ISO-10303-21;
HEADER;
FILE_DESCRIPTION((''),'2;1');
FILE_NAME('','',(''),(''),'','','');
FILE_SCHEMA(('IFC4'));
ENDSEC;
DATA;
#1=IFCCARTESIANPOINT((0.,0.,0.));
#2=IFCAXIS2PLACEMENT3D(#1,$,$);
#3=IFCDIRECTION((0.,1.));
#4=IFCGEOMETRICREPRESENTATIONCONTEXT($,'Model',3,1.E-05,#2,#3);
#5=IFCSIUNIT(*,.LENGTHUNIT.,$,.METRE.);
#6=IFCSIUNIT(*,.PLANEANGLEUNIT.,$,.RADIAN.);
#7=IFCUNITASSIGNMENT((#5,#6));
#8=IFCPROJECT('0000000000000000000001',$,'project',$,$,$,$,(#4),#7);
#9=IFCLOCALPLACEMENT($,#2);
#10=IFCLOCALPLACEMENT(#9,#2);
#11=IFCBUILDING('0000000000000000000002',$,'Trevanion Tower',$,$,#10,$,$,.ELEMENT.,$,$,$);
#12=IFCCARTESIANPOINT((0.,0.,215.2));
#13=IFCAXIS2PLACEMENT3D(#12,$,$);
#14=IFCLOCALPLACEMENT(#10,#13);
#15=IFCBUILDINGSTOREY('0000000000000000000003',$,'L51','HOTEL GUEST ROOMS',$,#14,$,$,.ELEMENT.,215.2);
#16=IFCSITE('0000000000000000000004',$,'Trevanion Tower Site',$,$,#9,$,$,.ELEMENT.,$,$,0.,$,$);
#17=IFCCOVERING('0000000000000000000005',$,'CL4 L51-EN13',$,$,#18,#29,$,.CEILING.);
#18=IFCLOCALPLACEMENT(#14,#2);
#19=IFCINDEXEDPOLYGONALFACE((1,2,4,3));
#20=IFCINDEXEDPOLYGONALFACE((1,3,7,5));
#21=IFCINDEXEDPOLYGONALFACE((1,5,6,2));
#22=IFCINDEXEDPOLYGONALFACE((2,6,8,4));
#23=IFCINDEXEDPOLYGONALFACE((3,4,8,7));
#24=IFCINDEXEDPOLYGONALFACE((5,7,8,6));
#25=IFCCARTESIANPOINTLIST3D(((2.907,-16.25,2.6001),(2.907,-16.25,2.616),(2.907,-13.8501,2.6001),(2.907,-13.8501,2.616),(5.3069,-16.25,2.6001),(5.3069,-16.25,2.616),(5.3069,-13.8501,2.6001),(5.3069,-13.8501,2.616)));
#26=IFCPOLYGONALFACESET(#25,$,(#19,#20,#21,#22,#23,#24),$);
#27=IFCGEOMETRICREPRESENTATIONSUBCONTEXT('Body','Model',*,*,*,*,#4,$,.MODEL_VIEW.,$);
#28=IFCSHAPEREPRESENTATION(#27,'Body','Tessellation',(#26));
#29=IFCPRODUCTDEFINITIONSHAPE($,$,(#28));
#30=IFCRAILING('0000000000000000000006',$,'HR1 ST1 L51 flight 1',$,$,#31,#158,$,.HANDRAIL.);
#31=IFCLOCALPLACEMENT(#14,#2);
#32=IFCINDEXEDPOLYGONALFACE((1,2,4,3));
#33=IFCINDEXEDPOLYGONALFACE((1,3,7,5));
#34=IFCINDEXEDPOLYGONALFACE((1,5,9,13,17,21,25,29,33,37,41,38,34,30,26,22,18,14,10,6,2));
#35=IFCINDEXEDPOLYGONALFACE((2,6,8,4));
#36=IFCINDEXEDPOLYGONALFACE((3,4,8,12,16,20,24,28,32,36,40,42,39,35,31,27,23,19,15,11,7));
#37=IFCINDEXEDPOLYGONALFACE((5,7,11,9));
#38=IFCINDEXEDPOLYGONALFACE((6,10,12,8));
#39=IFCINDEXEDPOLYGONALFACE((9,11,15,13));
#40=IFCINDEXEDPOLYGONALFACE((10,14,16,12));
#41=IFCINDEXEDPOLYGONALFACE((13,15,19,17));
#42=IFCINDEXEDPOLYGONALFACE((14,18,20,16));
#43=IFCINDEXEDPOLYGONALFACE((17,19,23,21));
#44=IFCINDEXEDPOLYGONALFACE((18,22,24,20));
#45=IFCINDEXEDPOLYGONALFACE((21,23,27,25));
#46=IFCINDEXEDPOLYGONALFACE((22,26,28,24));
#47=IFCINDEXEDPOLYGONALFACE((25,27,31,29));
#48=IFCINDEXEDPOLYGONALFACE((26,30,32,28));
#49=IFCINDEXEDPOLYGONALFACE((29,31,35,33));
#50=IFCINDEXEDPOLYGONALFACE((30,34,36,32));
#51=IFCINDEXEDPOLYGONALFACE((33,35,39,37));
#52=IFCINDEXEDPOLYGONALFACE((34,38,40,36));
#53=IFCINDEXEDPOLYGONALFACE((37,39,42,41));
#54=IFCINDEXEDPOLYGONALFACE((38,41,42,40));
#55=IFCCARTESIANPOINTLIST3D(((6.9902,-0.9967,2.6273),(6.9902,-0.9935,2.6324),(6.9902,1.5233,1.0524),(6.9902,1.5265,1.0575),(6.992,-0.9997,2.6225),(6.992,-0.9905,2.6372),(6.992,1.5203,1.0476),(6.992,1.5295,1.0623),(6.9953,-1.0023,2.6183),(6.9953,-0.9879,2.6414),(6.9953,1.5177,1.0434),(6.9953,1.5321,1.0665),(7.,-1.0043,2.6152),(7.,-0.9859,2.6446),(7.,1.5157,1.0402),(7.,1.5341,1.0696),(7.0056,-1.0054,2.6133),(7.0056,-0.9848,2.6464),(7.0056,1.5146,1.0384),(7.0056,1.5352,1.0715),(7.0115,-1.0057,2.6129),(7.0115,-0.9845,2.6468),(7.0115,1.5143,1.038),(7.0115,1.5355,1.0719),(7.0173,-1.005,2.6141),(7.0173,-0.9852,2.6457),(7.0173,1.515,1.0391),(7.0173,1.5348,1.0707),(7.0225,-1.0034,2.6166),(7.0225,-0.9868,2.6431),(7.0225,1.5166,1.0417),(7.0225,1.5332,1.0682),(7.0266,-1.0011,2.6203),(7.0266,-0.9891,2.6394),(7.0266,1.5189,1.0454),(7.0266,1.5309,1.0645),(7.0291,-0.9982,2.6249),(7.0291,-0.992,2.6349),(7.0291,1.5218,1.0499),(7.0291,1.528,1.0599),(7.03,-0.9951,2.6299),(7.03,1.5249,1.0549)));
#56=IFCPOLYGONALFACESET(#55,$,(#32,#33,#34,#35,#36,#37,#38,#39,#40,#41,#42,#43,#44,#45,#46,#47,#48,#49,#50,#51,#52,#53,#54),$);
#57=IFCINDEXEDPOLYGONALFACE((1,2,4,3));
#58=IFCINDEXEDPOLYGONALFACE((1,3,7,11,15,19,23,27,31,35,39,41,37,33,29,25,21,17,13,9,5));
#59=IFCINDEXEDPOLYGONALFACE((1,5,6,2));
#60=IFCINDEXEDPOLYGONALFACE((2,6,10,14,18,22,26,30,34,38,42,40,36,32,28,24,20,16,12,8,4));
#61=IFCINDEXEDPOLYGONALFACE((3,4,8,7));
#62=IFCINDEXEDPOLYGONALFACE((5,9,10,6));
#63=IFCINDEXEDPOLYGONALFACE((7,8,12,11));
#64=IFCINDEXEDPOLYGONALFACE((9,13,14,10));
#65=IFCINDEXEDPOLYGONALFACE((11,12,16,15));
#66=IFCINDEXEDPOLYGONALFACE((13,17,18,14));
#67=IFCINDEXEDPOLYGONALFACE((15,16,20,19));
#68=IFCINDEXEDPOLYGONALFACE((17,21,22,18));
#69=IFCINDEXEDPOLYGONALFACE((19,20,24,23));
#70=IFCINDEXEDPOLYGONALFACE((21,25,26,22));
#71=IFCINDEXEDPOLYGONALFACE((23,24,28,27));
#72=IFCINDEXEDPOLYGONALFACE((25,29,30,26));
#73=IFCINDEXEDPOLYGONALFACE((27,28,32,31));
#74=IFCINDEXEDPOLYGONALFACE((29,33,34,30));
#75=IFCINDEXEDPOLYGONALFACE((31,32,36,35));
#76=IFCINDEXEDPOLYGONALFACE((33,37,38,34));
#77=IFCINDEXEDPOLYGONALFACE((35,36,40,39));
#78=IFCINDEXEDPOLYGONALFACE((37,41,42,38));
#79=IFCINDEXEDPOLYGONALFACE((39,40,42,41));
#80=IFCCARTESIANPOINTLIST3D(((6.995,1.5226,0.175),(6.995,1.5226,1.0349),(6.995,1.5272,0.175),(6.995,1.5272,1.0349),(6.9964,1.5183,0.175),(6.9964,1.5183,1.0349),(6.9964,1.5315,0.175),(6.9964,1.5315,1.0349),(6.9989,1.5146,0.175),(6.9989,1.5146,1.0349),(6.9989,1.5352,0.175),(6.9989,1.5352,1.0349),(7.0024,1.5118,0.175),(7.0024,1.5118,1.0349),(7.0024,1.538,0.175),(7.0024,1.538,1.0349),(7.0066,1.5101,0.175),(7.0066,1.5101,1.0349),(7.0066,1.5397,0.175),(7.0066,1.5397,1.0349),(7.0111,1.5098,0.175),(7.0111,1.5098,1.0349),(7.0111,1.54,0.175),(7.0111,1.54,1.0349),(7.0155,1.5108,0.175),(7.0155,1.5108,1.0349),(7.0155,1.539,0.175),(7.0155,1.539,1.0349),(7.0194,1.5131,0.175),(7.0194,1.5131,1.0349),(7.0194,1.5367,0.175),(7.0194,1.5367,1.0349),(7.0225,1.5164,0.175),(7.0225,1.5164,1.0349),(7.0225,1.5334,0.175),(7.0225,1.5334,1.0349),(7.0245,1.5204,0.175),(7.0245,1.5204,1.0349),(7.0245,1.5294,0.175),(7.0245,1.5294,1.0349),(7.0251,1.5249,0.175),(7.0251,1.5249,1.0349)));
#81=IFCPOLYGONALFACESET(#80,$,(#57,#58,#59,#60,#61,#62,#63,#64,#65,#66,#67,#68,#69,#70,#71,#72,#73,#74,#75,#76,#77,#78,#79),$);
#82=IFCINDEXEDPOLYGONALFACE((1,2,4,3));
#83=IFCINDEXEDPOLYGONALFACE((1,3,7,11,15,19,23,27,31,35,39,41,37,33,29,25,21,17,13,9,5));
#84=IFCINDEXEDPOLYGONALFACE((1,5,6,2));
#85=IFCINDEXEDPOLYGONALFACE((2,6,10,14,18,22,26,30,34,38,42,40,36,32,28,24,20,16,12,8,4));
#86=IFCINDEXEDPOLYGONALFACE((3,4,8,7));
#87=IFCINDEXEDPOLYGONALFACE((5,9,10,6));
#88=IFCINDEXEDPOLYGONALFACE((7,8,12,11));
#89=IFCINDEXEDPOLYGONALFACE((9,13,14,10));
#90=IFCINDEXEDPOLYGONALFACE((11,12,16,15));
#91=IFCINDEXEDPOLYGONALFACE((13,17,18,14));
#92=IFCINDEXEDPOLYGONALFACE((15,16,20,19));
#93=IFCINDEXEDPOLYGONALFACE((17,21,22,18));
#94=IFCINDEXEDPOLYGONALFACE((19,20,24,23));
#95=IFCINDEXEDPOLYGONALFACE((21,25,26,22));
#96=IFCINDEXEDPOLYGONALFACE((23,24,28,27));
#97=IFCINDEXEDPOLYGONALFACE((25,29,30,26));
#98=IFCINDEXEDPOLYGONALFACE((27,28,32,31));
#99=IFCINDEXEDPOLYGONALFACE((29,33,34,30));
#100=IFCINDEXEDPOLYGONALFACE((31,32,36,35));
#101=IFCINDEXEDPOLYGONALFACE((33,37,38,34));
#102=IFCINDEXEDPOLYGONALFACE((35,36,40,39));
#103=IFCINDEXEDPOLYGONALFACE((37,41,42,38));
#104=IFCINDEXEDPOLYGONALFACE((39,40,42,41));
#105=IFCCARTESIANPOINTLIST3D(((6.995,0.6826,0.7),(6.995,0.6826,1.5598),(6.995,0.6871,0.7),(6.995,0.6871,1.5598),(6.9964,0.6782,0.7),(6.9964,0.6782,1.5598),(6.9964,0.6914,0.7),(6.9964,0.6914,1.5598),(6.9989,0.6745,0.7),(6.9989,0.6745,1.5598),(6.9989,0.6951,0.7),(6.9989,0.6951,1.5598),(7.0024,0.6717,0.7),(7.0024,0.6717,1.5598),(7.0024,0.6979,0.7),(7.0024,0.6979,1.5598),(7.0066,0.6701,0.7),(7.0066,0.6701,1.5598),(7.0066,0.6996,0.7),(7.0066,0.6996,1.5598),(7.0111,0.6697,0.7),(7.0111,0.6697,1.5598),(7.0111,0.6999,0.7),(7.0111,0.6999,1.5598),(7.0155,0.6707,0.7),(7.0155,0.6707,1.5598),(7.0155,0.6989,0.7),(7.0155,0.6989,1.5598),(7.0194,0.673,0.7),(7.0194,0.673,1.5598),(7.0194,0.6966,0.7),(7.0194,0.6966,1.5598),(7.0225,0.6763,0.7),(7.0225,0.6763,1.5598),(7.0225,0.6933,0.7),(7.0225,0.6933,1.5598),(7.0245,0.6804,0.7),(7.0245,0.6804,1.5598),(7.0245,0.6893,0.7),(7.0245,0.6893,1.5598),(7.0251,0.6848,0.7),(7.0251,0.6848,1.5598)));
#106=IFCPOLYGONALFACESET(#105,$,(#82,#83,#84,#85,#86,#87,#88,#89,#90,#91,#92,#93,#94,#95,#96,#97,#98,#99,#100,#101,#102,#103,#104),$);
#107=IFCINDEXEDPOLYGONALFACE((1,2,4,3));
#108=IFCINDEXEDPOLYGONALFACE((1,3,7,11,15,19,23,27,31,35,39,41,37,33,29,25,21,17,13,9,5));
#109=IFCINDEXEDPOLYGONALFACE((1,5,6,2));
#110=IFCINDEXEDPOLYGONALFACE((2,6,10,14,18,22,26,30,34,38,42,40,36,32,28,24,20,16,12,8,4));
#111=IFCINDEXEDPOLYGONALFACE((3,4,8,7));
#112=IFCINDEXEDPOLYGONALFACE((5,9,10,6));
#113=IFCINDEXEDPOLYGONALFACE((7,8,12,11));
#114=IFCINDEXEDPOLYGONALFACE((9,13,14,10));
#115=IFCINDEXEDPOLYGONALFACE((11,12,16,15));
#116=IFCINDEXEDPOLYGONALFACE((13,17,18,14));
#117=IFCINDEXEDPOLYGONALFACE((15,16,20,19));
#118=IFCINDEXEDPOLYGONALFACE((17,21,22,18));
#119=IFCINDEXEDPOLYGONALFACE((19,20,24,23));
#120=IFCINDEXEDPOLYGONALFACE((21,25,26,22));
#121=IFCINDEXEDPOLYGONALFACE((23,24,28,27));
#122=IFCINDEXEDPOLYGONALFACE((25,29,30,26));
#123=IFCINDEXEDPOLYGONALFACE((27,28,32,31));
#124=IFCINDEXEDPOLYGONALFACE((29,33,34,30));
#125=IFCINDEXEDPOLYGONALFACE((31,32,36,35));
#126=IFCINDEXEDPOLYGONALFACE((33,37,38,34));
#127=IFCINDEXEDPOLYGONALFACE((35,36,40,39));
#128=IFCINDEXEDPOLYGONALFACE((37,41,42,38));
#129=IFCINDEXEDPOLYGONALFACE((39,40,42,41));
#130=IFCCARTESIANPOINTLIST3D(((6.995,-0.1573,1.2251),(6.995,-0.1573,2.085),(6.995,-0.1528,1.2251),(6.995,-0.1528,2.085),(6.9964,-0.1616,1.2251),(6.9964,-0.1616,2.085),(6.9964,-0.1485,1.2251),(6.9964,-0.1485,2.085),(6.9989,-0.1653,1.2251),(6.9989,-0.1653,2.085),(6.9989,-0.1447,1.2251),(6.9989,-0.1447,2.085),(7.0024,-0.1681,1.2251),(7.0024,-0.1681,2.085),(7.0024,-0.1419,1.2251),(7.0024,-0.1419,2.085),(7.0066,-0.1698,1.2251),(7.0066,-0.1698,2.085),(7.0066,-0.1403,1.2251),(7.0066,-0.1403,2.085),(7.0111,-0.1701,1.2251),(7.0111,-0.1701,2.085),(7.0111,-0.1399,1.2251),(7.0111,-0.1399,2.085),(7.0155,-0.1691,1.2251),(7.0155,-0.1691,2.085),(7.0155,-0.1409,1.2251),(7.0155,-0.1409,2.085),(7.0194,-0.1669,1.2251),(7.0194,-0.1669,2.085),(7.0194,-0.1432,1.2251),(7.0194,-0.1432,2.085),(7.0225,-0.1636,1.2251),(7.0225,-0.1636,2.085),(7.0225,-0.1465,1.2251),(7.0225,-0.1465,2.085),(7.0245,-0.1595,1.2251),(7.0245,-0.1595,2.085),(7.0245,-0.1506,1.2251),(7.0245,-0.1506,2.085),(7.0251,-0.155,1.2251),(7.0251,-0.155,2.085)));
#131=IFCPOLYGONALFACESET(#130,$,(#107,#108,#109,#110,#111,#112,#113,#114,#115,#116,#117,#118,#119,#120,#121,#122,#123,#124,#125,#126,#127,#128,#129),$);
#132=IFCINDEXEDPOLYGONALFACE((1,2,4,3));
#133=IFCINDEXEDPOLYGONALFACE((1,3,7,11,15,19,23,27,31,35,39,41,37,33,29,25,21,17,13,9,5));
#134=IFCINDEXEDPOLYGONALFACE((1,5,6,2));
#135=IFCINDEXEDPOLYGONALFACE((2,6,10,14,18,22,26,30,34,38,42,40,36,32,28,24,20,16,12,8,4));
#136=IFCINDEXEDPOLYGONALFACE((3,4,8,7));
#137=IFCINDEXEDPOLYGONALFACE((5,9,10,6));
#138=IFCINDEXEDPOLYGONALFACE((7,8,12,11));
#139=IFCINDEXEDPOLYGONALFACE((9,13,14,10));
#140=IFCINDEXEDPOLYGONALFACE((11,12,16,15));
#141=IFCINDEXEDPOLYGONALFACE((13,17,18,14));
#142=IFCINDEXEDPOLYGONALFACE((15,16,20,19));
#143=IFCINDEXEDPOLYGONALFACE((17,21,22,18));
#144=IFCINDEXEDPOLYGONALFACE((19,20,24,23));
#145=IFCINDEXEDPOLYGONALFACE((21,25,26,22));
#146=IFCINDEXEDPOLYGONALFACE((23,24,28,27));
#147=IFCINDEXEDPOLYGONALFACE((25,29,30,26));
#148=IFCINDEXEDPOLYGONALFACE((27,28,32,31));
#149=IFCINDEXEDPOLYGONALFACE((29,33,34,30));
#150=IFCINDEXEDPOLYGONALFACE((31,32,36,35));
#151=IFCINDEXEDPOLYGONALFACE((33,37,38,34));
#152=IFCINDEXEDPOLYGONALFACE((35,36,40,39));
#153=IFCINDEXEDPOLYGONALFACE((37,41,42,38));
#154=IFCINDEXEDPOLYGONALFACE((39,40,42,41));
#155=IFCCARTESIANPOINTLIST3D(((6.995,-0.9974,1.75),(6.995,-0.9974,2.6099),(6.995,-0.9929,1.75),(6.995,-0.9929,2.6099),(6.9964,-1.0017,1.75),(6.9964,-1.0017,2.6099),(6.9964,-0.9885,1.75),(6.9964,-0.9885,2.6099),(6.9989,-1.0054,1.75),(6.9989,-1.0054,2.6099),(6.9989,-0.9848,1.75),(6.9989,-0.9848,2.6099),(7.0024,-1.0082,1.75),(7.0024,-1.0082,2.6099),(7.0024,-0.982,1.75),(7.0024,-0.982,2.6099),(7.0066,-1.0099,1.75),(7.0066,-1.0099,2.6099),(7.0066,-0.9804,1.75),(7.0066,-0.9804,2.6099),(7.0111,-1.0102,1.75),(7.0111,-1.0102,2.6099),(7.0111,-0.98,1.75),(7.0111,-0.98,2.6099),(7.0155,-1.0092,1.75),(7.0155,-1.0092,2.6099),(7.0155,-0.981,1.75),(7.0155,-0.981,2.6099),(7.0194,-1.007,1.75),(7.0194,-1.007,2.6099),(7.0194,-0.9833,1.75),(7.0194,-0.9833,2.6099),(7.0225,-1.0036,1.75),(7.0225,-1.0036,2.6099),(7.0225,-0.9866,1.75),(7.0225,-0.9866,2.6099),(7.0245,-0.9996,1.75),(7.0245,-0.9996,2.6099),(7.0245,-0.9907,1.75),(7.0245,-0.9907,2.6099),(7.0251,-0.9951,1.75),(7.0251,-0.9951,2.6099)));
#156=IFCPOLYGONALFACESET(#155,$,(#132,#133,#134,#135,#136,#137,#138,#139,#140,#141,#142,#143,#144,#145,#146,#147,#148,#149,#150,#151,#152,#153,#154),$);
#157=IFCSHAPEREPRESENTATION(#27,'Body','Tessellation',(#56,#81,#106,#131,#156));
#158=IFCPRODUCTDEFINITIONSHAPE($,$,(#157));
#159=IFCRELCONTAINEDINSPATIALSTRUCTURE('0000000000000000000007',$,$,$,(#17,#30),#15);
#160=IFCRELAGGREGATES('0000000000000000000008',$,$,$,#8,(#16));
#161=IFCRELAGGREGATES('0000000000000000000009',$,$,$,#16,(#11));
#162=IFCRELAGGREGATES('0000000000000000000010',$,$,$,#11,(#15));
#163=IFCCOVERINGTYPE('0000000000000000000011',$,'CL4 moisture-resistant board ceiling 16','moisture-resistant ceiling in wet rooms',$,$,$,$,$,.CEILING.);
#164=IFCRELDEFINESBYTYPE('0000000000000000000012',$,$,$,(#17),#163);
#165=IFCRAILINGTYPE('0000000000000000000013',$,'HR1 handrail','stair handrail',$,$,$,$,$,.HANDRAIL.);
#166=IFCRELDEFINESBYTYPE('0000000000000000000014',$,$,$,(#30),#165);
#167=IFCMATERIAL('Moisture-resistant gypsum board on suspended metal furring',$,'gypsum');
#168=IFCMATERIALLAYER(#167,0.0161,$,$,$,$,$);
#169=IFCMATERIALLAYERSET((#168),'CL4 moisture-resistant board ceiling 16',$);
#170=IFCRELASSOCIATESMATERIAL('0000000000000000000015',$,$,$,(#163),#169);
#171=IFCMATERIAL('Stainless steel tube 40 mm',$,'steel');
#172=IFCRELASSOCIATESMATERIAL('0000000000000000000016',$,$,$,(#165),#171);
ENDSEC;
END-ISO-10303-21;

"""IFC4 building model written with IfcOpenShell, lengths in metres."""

from ifc_helpers import new_model, si_unit, direction, frame, origin, origin_2d, place, context, subcontext, project, spatial, polyline, circle, outline, extrude, material, layer, layer_set, type_object, element, save


model = new_model("IFC4")

# Units and contexts
model_context = context("Model", 3, precision=1e-05, world=origin(), true_north=direction((0.0, 1.0)))
body_context = subcontext(model_context, "Body", "Model", "MODEL_VIEW")
ifc_project = project(units=[si_unit("LENGTHUNIT", "METRE"), si_unit("PLANEANGLEUNIT", "RADIAN")], contexts=[model_context])

# Site, building, storey
site_placement = place(None, origin())
site = spatial("IfcSite", under=ifc_project, at=site_placement, Name="Trevanion Tower Site", CompositionType="ELEMENT", RefElevation=0.0)
building_placement = place(site_placement, origin())
building = spatial("IfcBuilding", under=site, at=building_placement, Name="Trevanion Tower", CompositionType="ELEMENT")
storey_placement = place(building_placement, frame((0.0, 0.0, 215.2)))
storey = spatial("IfcBuildingStorey", under=building, at=storey_placement, Name="L51", Description="HOTEL GUEST ROOMS", CompositionType="ELEMENT", Elevation=215.2)

# Covering
ifc_material_1 = material(Name="Moisture-resistant gypsum board on suspended metal furring", Category="gypsum")
ifc_layer_1 = layer(ifc_material_1, 0.0161)
ifc_layer_set_1 = layer_set([ifc_layer_1], Name="CL4 moisture-resistant board ceiling 16")
covering_type_1 = type_object("IfcCoveringType", Name="CL4 moisture-resistant board ceiling 16", Description="moisture-resistant ceiling in wet rooms", PredefinedType="CEILING", material=ifc_layer_set_1)
covering_1_placement = place(storey_placement, frame((0.0, 0.0, 2.6001)))
element("IfcCovering", 1, at=covering_1_placement, inside=storey, type_object=covering_type_1, Name="CL4 L51-EN13", PredefinedType="CEILING", context=body_context, shape_type="SweptSolid", body=[
    extrude(outline(polyline([(2.907, -16.25), (5.3069, -16.25), (5.3069, -13.8501), (2.907, -13.8501), (2.907, -16.25)])), origin(), (0.0, 0.0, 1.0), 0.0159),
])

# Railing
ifc_material_2 = material(Name="Stainless steel tube 40 mm", Category="steel")
railing_type = type_object("IfcRailingType", Name="HR1 handrail", Description="stair handrail", PredefinedType="HANDRAIL", material=ifc_material_2)
for number, where, name in (
    (2, (7.01, 1.5249, 0.175), "HR1 ST1 L51 flight 1"),
):
    element("IfcRailing", number, at=place(storey_placement, frame(where)), inside=storey, type_object=railing_type, Name=name, PredefinedType="HANDRAIL", context=body_context, shape_type="SweptSolid", body=[
        extrude(circle(Radius=0.02, at=origin_2d()), frame((0.0, 0.0, 0.8799), z_axis=(0.0, -0.848008, 0.529984), x_axis=(1.0, 0.0, 0.0)), (0.0, 0.0, 1.0), 2.9717),
        extrude(circle(Radius=0.0151, at=origin_2d()), origin(), (0.0, 0.0, 1.0), 0.8599),
        extrude(circle(Radius=0.0151, at=origin_2d()), frame((0.0, -0.8401, 0.5249)), (0.0, 0.0, 1.0), 0.8599),
        extrude(circle(Radius=0.0151, at=origin_2d()), frame((0.0, -1.6799, 1.05)), (0.0, 0.0, 1.0), 0.8599),
        extrude(circle(Radius=0.0151, at=origin_2d()), frame((0.0, -2.52, 1.575)), (0.0, 0.0, 1.0), 0.8599),
    ])

save(model, "model.ifc")
